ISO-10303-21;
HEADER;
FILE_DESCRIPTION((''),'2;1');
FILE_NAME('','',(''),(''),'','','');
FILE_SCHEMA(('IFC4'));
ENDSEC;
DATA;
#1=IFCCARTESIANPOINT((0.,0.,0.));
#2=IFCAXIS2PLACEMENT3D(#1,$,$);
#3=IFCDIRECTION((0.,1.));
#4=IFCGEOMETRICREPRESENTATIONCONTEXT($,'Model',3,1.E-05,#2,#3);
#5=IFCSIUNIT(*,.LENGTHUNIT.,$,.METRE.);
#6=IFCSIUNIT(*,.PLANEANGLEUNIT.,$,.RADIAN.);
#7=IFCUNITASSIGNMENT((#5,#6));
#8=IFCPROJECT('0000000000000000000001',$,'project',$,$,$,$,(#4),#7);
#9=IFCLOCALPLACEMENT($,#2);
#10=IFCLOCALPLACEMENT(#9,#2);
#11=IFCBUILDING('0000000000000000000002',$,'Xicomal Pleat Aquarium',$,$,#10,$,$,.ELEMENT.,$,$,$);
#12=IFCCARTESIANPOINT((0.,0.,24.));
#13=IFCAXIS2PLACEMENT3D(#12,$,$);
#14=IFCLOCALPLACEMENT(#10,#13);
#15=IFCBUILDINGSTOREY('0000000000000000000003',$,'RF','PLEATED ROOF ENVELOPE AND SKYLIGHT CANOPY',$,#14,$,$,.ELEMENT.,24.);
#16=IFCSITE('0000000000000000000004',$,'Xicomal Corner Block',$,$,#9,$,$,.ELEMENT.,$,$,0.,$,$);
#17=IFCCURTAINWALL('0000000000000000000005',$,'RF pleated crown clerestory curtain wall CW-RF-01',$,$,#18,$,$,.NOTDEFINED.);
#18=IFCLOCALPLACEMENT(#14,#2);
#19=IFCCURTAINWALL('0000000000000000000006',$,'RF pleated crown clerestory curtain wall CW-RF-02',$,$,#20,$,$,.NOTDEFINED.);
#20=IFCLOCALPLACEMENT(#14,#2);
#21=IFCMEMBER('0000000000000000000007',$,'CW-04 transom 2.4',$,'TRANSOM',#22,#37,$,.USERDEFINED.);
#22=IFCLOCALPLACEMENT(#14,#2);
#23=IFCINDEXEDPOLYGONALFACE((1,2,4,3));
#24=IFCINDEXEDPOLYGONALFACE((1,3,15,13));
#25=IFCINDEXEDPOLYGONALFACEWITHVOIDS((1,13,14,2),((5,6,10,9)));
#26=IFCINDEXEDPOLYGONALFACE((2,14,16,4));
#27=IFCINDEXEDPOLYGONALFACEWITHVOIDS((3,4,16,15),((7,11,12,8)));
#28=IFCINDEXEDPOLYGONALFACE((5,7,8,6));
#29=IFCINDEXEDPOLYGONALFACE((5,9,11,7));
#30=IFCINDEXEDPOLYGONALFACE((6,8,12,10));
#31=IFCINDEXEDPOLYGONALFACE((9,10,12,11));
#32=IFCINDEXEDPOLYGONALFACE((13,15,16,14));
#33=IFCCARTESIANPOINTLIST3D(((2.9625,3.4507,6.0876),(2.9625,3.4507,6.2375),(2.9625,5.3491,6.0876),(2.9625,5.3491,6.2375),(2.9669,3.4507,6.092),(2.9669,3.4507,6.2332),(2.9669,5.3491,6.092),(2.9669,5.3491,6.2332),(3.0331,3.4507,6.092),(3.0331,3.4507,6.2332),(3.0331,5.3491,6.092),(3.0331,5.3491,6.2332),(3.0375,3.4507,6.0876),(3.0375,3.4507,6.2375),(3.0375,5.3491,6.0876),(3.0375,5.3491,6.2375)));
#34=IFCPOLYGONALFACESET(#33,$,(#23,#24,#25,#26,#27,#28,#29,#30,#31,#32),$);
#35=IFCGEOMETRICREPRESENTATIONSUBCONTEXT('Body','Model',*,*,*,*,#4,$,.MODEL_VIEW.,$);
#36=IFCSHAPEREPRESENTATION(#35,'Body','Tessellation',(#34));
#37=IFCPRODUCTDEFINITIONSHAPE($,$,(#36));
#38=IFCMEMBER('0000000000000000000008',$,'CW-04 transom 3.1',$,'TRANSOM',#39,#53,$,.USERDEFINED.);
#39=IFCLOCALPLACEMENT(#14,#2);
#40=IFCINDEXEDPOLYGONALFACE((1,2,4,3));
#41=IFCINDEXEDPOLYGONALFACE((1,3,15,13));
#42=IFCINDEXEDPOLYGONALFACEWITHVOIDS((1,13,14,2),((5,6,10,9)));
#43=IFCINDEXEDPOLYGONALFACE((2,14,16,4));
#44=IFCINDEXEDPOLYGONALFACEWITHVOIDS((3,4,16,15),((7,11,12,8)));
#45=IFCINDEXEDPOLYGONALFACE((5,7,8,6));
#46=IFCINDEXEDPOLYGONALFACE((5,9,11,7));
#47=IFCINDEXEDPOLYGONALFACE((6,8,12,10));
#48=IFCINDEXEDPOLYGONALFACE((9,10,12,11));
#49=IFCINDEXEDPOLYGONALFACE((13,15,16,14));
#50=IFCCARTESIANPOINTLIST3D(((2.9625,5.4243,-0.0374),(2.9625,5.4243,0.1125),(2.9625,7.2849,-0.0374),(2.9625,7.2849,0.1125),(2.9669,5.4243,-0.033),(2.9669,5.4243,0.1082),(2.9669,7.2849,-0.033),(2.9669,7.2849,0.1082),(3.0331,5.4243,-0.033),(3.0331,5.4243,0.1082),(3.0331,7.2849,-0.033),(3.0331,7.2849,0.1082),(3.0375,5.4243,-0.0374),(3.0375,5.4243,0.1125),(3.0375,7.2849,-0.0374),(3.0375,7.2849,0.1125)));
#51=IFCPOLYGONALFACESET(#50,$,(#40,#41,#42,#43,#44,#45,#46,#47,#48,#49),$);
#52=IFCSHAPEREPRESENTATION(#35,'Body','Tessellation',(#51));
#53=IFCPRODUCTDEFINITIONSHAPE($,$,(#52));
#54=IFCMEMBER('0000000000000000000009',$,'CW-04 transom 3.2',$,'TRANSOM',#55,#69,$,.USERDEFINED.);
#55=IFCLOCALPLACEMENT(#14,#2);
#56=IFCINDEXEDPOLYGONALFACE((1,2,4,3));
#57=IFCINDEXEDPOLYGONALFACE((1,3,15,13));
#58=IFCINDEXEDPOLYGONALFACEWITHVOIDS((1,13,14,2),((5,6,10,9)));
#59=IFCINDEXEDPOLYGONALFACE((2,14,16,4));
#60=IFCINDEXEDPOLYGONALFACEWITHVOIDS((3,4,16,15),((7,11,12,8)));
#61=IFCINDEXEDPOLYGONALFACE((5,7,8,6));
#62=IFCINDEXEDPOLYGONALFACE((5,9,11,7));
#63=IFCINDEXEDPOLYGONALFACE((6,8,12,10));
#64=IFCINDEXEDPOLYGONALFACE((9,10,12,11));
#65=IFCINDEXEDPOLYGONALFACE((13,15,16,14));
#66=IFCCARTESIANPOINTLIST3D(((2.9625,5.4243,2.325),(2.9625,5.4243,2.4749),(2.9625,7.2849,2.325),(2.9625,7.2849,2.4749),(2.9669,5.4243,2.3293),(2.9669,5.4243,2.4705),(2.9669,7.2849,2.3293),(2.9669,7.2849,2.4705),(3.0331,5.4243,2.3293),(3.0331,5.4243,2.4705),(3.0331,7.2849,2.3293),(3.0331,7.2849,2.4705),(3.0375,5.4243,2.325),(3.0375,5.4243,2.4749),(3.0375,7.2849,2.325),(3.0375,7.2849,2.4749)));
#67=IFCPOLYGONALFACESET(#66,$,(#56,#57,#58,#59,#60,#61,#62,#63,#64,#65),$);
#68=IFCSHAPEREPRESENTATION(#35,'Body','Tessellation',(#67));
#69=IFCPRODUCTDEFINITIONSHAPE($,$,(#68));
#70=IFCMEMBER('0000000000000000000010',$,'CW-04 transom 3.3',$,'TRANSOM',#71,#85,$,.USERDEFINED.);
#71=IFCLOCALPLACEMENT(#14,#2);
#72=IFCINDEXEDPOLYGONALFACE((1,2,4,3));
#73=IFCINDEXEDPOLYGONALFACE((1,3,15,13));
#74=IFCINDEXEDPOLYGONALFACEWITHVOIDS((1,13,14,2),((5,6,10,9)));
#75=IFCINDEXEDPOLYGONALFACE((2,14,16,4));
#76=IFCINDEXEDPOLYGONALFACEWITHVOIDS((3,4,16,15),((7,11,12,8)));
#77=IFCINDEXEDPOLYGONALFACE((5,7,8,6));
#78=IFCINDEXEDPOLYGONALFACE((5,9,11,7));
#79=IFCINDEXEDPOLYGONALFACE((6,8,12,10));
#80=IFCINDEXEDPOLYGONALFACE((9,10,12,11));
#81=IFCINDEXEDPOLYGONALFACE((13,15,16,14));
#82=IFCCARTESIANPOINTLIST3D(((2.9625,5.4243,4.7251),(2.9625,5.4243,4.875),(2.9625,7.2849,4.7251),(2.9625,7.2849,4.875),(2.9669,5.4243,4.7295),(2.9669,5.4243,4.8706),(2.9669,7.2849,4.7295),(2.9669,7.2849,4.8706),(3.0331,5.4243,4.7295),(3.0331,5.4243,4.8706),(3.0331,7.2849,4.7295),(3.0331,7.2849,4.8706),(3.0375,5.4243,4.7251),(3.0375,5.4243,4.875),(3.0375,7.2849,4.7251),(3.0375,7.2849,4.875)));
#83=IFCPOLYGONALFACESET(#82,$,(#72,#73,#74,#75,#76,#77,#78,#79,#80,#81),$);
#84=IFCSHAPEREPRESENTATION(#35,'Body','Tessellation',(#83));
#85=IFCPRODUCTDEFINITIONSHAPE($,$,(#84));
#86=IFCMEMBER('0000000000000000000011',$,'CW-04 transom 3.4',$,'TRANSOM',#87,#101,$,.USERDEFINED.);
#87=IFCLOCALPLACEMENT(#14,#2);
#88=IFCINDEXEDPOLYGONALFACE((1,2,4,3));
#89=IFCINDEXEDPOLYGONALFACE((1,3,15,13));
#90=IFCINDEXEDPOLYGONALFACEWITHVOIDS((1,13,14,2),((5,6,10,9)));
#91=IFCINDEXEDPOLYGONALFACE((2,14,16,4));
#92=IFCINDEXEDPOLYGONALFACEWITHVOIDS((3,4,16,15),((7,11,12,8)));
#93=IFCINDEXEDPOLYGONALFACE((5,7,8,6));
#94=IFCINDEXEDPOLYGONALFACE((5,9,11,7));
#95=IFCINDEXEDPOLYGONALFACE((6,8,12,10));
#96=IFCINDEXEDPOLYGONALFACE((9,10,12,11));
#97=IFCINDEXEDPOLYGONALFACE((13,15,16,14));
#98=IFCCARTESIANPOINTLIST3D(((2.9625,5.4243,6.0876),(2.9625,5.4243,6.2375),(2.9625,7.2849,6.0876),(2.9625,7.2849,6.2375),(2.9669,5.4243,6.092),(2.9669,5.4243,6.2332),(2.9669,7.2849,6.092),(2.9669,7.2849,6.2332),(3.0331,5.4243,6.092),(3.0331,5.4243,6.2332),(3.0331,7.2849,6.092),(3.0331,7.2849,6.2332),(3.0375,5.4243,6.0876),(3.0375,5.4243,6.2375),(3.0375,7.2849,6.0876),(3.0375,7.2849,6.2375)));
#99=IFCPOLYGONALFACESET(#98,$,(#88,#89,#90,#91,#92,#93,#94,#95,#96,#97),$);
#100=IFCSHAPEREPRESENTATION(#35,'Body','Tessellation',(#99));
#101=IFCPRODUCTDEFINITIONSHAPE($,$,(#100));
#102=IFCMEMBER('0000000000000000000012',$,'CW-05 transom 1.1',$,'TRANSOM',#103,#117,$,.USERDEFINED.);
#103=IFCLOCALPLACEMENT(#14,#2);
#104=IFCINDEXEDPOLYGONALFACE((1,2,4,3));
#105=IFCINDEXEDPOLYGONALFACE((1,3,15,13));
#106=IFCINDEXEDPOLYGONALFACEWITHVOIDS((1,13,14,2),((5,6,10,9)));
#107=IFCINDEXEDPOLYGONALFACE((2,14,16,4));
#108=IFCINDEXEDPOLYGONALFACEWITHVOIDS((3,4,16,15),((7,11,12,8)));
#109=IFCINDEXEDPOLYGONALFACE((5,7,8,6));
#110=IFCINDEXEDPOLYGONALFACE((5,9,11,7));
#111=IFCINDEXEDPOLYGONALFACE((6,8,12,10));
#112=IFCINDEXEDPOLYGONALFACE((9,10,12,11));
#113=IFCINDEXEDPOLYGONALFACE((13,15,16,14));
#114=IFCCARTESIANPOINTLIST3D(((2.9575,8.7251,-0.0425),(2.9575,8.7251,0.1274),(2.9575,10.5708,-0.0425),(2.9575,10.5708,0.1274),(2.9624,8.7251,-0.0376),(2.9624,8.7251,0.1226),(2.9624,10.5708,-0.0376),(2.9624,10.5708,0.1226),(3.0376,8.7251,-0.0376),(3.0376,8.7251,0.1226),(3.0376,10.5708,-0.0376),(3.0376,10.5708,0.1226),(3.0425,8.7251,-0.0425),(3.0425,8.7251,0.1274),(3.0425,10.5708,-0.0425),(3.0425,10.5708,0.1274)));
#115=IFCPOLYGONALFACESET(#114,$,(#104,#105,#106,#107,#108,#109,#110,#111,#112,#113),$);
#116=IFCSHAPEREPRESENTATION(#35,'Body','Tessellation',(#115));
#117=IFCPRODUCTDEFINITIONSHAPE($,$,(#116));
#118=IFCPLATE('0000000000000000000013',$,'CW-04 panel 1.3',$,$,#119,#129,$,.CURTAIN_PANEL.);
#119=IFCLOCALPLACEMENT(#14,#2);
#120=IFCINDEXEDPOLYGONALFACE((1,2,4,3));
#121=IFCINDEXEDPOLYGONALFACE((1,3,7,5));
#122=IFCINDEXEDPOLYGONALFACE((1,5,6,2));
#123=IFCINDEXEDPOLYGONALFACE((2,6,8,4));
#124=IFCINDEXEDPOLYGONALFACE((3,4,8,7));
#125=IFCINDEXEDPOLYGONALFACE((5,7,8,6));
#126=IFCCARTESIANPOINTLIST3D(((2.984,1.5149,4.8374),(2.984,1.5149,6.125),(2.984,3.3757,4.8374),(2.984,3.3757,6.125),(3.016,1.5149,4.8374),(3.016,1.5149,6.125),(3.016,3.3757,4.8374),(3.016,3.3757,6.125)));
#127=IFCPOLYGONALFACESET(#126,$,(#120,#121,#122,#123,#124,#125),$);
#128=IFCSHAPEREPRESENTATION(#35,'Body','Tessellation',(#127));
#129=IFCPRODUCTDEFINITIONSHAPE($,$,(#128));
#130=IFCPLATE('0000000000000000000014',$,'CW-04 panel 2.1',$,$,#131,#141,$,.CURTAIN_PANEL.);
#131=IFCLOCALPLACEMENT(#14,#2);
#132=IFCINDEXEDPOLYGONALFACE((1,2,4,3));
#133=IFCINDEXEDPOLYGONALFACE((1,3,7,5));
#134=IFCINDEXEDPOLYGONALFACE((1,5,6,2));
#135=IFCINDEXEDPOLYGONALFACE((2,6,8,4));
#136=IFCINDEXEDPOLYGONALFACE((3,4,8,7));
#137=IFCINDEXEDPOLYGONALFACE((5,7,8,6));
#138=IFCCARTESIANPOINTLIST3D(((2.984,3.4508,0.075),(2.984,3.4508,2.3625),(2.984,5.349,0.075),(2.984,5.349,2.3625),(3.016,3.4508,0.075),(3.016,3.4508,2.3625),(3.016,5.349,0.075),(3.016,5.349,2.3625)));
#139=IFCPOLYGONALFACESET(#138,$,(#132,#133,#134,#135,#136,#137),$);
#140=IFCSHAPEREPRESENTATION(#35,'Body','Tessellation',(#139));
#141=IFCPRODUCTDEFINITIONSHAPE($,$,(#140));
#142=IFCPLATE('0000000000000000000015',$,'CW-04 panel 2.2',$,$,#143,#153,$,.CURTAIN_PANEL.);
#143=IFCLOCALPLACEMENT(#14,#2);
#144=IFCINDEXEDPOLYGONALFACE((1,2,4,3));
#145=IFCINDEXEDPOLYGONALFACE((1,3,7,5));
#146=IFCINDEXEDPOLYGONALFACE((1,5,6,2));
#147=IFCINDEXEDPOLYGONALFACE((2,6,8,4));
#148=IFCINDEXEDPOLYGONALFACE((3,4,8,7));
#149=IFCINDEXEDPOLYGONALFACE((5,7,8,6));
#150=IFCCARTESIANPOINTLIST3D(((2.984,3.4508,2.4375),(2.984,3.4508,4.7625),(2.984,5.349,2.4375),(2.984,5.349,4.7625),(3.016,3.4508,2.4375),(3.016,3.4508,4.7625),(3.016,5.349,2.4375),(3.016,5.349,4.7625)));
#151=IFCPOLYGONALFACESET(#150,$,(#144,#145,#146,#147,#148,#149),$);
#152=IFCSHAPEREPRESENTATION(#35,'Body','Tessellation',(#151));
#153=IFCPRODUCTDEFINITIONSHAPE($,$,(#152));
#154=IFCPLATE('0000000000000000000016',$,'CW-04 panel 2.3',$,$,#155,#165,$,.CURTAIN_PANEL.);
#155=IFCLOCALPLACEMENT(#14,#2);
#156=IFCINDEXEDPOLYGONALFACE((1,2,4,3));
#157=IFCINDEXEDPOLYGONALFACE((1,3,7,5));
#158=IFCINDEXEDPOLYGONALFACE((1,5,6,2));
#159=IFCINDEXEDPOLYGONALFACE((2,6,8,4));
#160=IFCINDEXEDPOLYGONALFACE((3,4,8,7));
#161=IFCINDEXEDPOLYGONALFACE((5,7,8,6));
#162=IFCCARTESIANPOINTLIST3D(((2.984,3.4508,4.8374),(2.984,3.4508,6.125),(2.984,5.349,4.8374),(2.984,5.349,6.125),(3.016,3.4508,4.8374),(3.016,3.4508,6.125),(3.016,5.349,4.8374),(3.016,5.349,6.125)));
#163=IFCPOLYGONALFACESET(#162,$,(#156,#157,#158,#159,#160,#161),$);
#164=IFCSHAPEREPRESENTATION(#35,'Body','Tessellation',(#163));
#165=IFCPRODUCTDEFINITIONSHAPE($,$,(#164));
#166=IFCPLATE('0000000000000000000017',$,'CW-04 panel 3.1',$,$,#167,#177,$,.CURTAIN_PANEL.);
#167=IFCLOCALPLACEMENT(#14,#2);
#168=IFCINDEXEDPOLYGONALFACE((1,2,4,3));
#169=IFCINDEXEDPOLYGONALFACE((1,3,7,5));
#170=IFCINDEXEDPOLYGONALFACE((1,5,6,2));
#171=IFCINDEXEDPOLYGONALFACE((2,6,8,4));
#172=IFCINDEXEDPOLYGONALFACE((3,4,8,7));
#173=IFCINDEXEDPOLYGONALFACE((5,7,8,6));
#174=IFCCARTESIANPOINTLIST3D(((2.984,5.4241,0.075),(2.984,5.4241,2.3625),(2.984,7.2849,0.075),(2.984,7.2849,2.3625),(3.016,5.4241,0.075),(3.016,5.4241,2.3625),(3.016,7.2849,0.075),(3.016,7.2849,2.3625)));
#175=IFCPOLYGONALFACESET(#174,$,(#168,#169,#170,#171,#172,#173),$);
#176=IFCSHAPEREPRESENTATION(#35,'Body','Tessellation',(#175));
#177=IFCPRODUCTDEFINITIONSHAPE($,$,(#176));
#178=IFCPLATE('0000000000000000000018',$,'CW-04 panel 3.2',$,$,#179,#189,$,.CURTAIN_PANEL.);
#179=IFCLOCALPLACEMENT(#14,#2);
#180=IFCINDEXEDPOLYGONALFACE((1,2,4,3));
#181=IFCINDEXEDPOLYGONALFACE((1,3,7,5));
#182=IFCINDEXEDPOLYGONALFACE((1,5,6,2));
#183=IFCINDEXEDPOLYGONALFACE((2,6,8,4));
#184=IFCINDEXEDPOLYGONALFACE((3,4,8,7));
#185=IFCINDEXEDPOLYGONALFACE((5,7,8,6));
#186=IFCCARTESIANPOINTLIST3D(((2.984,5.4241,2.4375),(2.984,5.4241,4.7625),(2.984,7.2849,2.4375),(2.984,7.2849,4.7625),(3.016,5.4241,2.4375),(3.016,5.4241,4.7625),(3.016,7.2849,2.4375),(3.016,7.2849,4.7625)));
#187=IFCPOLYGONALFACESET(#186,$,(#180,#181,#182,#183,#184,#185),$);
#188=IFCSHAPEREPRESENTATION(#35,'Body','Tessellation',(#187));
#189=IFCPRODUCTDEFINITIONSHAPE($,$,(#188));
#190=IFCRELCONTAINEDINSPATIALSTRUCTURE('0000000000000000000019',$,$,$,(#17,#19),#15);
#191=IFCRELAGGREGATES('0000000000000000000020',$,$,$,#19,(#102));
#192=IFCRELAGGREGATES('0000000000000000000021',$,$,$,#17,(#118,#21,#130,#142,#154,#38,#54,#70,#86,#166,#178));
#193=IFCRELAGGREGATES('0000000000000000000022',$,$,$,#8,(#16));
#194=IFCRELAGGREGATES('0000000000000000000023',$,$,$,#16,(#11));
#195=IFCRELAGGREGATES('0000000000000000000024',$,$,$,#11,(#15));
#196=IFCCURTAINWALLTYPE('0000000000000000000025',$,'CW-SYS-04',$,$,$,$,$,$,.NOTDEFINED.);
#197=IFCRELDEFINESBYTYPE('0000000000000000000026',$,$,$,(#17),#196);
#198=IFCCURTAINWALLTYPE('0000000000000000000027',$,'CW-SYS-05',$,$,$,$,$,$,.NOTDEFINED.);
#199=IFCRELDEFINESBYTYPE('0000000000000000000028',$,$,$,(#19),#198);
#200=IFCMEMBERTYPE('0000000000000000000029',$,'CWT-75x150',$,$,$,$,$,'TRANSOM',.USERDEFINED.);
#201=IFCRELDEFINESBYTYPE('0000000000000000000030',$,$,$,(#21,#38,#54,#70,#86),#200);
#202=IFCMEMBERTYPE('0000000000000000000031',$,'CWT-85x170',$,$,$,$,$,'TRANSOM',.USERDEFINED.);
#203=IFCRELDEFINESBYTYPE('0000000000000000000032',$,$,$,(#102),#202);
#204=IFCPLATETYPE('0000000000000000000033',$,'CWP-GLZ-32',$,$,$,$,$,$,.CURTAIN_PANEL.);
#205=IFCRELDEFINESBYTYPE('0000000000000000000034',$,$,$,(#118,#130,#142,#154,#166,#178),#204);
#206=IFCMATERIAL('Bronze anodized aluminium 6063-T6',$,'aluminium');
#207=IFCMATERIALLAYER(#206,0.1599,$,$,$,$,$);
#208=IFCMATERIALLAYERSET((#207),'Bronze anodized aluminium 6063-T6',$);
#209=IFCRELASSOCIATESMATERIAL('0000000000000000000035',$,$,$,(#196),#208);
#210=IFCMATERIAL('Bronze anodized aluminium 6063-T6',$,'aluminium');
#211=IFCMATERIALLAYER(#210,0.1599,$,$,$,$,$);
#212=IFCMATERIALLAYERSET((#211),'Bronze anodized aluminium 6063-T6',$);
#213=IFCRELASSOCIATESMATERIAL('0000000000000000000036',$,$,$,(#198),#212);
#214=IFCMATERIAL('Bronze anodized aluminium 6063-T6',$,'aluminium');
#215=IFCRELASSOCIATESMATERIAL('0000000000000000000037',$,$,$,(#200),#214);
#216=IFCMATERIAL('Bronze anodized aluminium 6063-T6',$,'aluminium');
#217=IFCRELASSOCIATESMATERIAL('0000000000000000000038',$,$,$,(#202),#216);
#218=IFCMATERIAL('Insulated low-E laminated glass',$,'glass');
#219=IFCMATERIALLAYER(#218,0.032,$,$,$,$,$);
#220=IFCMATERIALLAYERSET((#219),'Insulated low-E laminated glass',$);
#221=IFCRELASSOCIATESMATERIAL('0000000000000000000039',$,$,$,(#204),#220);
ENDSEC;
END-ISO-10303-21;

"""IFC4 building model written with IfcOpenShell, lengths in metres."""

from ifc_helpers import new_model, si_unit, direction, frame, origin, origin_2d, place, context, subcontext, project, spatial, rectangle, hollow_rectangle, extrude, material, layer, layer_set, material_profile, profile_set, type_object, element, aggregate, save


model = new_model("IFC4")

# Units and contexts
model_context = context("Model", 3, precision=1e-05, world=origin(), true_north=direction((0.0, 1.0)))
body_context = subcontext(model_context, "Body", "Model", "MODEL_VIEW")
ifc_project = project(units=[si_unit("LENGTHUNIT", "METRE"), si_unit("PLANEANGLEUNIT", "RADIAN")], contexts=[model_context])

# Site, building, storey
site_placement = place(None, origin())
site = spatial("IfcSite", under=ifc_project, at=site_placement, Name="Xicomal Corner Block", CompositionType="ELEMENT", RefElevation=0.0)
building_placement = place(site_placement, origin())
building = spatial("IfcBuilding", under=site, at=building_placement, Name="Xicomal Pleat Aquarium", CompositionType="ELEMENT")
storey_placement = place(building_placement, frame((0.0, 0.0, 24.0)))
storey = spatial("IfcBuildingStorey", under=building, at=storey_placement, Name="RF", Description="PLEATED ROOF ENVELOPE AND SKYLIGHT CANOPY", CompositionType="ELEMENT", Elevation=24.0)

# Curtain wall
ifc_material_1 = material(Name="Bronze anodized aluminium 6063-T6", Category="aluminium")
ifc_layer_1 = layer(ifc_material_1, 0.1599)
ifc_layer_set_1 = layer_set([ifc_layer_1], Name="Bronze anodized aluminium 6063-T6")
curtain_wall_type_1 = type_object("IfcCurtainWallType", Name="CW-SYS-04", PredefinedType="NOTDEFINED", material=ifc_layer_set_1)
curtain_wall_1_placement = place(storey_placement, origin())
curtain_wall_1 = element("IfcCurtainWall", 1, at=curtain_wall_1_placement, inside=storey, type_object=curtain_wall_type_1, Name="RF pleated crown clerestory curtain wall CW-RF-01", PredefinedType="NOTDEFINED")

# Curtain wall
ifc_material_2 = material(Name="Bronze anodized aluminium 6063-T6", Category="aluminium")
ifc_layer_2 = layer(ifc_material_2, 0.1599)
ifc_layer_set_2 = layer_set([ifc_layer_2], Name="Bronze anodized aluminium 6063-T6")
curtain_wall_type_2 = type_object("IfcCurtainWallType", Name="CW-SYS-05", PredefinedType="NOTDEFINED", material=ifc_layer_set_2)
curtain_wall_2_placement = place(storey_placement, origin())
curtain_wall_2 = element("IfcCurtainWall", 2, at=curtain_wall_2_placement, inside=storey, type_object=curtain_wall_type_2, Name="RF pleated crown clerestory curtain wall CW-RF-02", PredefinedType="NOTDEFINED")

# Members
ifc_material_3 = material(Name="Bronze anodized aluminium 6063-T6", Category="aluminium")
ifc_material_profile_1 = material_profile(ifc_material_3, hollow_rectangle(XDim=0.075, YDim=0.1499, WallThickness=0.0044, at=origin_2d()), Name="ALU TRAN 75x150")
ifc_profile_set_1 = profile_set([ifc_material_profile_1], Name="Bronze anodized aluminium 6063-T6")
member_type_1 = type_object("IfcMemberType", Name="CWT-75x150", ElementType="TRANSOM", PredefinedType="USERDEFINED", material=ifc_profile_set_1)
member_1_placement = place(storey_placement, frame((3.0, 3.4507, 6.1626), z_axis=(0.0, 1.0, 0.0), x_axis=(-1.0, 0.0, 0.0)))
member_1 = element("IfcMember", 3, at=member_1_placement, type_object=member_type_1, Name="CW-04 transom 2.4", ObjectType="TRANSOM", PredefinedType="USERDEFINED", context=body_context, shape_type="SweptSolid", body=[
    extrude(hollow_rectangle(XDim=0.075, YDim=0.1499, WallThickness=0.0044, at=origin_2d()), origin(), (0.0, 0.0, 1.0), 1.8984),
])
member_2_placement = place(storey_placement, frame((3.0, 5.4243, 0.0376), z_axis=(0.0, 1.0, 0.0), x_axis=(-1.0, 0.0, 0.0)))
member_2 = element("IfcMember", 4, at=member_2_placement, type_object=member_type_1, Name="CW-04 transom 3.1", ObjectType="TRANSOM", PredefinedType="USERDEFINED", context=body_context, shape_type="SweptSolid", body=[
    extrude(hollow_rectangle(XDim=0.075, YDim=0.1499, WallThickness=0.0044, at=origin_2d()), origin(), (0.0, 0.0, 1.0), 1.8606),
])
member_3_placement = place(storey_placement, frame((3.0, 5.4243, 2.3999), z_axis=(0.0, 1.0, 0.0), x_axis=(-1.0, 0.0, 0.0)))
member_3 = element("IfcMember", 5, at=member_3_placement, type_object=member_type_1, Name="CW-04 transom 3.2", ObjectType="TRANSOM", PredefinedType="USERDEFINED", context=body_context, shape_type="SweptSolid", body=[
    extrude(hollow_rectangle(XDim=0.075, YDim=0.1499, WallThickness=0.0044, at=origin_2d()), origin(), (0.0, 0.0, 1.0), 1.8606),
])
member_4_placement = place(storey_placement, frame((3.0, 5.4243, 4.8), z_axis=(0.0, 1.0, 0.0), x_axis=(-1.0, 0.0, 0.0)))
member_4 = element("IfcMember", 6, at=member_4_placement, type_object=member_type_1, Name="CW-04 transom 3.3", ObjectType="TRANSOM", PredefinedType="USERDEFINED", context=body_context, shape_type="SweptSolid", body=[
    extrude(hollow_rectangle(XDim=0.075, YDim=0.1499, WallThickness=0.0044, at=origin_2d()), origin(), (0.0, 0.0, 1.0), 1.8606),
])
member_5_placement = place(storey_placement, frame((3.0, 5.4243, 6.1626), z_axis=(0.0, 1.0, 0.0), x_axis=(-1.0, 0.0, 0.0)))
member_5 = element("IfcMember", 7, at=member_5_placement, type_object=member_type_1, Name="CW-04 transom 3.4", ObjectType="TRANSOM", PredefinedType="USERDEFINED", context=body_context, shape_type="SweptSolid", body=[
    extrude(hollow_rectangle(XDim=0.075, YDim=0.1499, WallThickness=0.0044, at=origin_2d()), origin(), (0.0, 0.0, 1.0), 1.8606),
])
ifc_material_4 = material(Name="Bronze anodized aluminium 6063-T6", Category="aluminium")
ifc_material_profile_2 = material_profile(ifc_material_4, hollow_rectangle(XDim=0.085, YDim=0.1699, WallThickness=0.0049, at=origin_2d()), Name="ALU TRAN 85x170")
ifc_profile_set_2 = profile_set([ifc_material_profile_2], Name="Bronze anodized aluminium 6063-T6")
member_type_2 = type_object("IfcMemberType", Name="CWT-85x170", ElementType="TRANSOM", PredefinedType="USERDEFINED", material=ifc_profile_set_2)
member_6_placement = place(storey_placement, frame((3.0, 8.7251, 0.0425), z_axis=(0.0, 1.0, 0.0), x_axis=(-1.0, 0.0, 0.0)))
member_6 = element("IfcMember", 8, at=member_6_placement, type_object=member_type_2, Name="CW-05 transom 1.1", ObjectType="TRANSOM", PredefinedType="USERDEFINED", context=body_context, shape_type="SweptSolid", body=[
    extrude(hollow_rectangle(XDim=0.085, YDim=0.1699, WallThickness=0.0049, at=origin_2d()), origin(), (0.0, 0.0, 1.0), 1.8457),
])
aggregate(curtain_wall_2, [member_6])

# Plates
ifc_material_5 = material(Name="Insulated low-E laminated glass", Category="glass")
ifc_layer_3 = layer(ifc_material_5, 0.032)
ifc_layer_set_3 = layer_set([ifc_layer_3], Name="Insulated low-E laminated glass")
plate_type = type_object("IfcPlateType", Name="CWP-GLZ-32", PredefinedType="CURTAIN_PANEL", material=ifc_layer_set_3)
plate_1_placement = place(storey_placement, frame((3.0, 2.4453, 4.8374), z_axis=(0.0, 0.0, 1.0), x_axis=(0.0, 1.0, 0.0)))
plate_1 = element("IfcPlate", 9, at=plate_1_placement, type_object=plate_type, Name="CW-04 panel 1.3", PredefinedType="CURTAIN_PANEL", context=body_context, shape_type="SweptSolid", body=[
    extrude(rectangle(XDim=1.8608, YDim=0.032, at=origin_2d()), origin(), (0.0, 0.0, 1.0), 1.2876),
])
plate_2_placement = place(storey_placement, frame((3.0, 4.3999, 0.075), z_axis=(0.0, 0.0, 1.0), x_axis=(0.0, 1.0, 0.0)))
plate_2 = element("IfcPlate", 10, at=plate_2_placement, type_object=plate_type, Name="CW-04 panel 2.1", PredefinedType="CURTAIN_PANEL", context=body_context, shape_type="SweptSolid", body=[
    extrude(rectangle(XDim=1.8982, YDim=0.032, at=origin_2d()), origin(), (0.0, 0.0, 1.0), 2.2876),
])
plate_3_placement = place(storey_placement, frame((3.0, 4.3999, 2.4375), z_axis=(0.0, 0.0, 1.0), x_axis=(0.0, 1.0, 0.0)))
plate_3 = element("IfcPlate", 11, at=plate_3_placement, type_object=plate_type, Name="CW-04 panel 2.2", PredefinedType="CURTAIN_PANEL", context=body_context, shape_type="SweptSolid", body=[
    extrude(rectangle(XDim=1.8982, YDim=0.032, at=origin_2d()), origin(), (0.0, 0.0, 1.0), 2.325),
])
plate_4_placement = place(storey_placement, frame((3.0, 4.3999, 4.8374), z_axis=(0.0, 0.0, 1.0), x_axis=(0.0, 1.0, 0.0)))
plate_4 = element("IfcPlate", 12, at=plate_4_placement, type_object=plate_type, Name="CW-04 panel 2.3", PredefinedType="CURTAIN_PANEL", context=body_context, shape_type="SweptSolid", body=[
    extrude(rectangle(XDim=1.8982, YDim=0.032, at=origin_2d()), origin(), (0.0, 0.0, 1.0), 1.2876),
])
plate_5_placement = place(storey_placement, frame((3.0, 6.3545, 0.075), z_axis=(0.0, 0.0, 1.0), x_axis=(0.0, 1.0, 0.0)))
plate_5 = element("IfcPlate", 13, at=plate_5_placement, type_object=plate_type, Name="CW-04 panel 3.1", PredefinedType="CURTAIN_PANEL", context=body_context, shape_type="SweptSolid", body=[
    extrude(rectangle(XDim=1.8608, YDim=0.032, at=origin_2d()), origin(), (0.0, 0.0, 1.0), 2.2876),
])
plate_6_placement = place(storey_placement, frame((3.0, 6.3545, 2.4375), z_axis=(0.0, 0.0, 1.0), x_axis=(0.0, 1.0, 0.0)))
plate_6 = element("IfcPlate", 14, at=plate_6_placement, type_object=plate_type, Name="CW-04 panel 3.2", PredefinedType="CURTAIN_PANEL", context=body_context, shape_type="SweptSolid", body=[
    extrude(rectangle(XDim=1.8608, YDim=0.032, at=origin_2d()), origin(), (0.0, 0.0, 1.0), 2.325),
])
aggregate(curtain_wall_1, [plate_1, member_1, plate_2, plate_3, plate_4, member_2, member_3, member_4, member_5, plate_5, plate_6])

save(model, "model.ifc")
